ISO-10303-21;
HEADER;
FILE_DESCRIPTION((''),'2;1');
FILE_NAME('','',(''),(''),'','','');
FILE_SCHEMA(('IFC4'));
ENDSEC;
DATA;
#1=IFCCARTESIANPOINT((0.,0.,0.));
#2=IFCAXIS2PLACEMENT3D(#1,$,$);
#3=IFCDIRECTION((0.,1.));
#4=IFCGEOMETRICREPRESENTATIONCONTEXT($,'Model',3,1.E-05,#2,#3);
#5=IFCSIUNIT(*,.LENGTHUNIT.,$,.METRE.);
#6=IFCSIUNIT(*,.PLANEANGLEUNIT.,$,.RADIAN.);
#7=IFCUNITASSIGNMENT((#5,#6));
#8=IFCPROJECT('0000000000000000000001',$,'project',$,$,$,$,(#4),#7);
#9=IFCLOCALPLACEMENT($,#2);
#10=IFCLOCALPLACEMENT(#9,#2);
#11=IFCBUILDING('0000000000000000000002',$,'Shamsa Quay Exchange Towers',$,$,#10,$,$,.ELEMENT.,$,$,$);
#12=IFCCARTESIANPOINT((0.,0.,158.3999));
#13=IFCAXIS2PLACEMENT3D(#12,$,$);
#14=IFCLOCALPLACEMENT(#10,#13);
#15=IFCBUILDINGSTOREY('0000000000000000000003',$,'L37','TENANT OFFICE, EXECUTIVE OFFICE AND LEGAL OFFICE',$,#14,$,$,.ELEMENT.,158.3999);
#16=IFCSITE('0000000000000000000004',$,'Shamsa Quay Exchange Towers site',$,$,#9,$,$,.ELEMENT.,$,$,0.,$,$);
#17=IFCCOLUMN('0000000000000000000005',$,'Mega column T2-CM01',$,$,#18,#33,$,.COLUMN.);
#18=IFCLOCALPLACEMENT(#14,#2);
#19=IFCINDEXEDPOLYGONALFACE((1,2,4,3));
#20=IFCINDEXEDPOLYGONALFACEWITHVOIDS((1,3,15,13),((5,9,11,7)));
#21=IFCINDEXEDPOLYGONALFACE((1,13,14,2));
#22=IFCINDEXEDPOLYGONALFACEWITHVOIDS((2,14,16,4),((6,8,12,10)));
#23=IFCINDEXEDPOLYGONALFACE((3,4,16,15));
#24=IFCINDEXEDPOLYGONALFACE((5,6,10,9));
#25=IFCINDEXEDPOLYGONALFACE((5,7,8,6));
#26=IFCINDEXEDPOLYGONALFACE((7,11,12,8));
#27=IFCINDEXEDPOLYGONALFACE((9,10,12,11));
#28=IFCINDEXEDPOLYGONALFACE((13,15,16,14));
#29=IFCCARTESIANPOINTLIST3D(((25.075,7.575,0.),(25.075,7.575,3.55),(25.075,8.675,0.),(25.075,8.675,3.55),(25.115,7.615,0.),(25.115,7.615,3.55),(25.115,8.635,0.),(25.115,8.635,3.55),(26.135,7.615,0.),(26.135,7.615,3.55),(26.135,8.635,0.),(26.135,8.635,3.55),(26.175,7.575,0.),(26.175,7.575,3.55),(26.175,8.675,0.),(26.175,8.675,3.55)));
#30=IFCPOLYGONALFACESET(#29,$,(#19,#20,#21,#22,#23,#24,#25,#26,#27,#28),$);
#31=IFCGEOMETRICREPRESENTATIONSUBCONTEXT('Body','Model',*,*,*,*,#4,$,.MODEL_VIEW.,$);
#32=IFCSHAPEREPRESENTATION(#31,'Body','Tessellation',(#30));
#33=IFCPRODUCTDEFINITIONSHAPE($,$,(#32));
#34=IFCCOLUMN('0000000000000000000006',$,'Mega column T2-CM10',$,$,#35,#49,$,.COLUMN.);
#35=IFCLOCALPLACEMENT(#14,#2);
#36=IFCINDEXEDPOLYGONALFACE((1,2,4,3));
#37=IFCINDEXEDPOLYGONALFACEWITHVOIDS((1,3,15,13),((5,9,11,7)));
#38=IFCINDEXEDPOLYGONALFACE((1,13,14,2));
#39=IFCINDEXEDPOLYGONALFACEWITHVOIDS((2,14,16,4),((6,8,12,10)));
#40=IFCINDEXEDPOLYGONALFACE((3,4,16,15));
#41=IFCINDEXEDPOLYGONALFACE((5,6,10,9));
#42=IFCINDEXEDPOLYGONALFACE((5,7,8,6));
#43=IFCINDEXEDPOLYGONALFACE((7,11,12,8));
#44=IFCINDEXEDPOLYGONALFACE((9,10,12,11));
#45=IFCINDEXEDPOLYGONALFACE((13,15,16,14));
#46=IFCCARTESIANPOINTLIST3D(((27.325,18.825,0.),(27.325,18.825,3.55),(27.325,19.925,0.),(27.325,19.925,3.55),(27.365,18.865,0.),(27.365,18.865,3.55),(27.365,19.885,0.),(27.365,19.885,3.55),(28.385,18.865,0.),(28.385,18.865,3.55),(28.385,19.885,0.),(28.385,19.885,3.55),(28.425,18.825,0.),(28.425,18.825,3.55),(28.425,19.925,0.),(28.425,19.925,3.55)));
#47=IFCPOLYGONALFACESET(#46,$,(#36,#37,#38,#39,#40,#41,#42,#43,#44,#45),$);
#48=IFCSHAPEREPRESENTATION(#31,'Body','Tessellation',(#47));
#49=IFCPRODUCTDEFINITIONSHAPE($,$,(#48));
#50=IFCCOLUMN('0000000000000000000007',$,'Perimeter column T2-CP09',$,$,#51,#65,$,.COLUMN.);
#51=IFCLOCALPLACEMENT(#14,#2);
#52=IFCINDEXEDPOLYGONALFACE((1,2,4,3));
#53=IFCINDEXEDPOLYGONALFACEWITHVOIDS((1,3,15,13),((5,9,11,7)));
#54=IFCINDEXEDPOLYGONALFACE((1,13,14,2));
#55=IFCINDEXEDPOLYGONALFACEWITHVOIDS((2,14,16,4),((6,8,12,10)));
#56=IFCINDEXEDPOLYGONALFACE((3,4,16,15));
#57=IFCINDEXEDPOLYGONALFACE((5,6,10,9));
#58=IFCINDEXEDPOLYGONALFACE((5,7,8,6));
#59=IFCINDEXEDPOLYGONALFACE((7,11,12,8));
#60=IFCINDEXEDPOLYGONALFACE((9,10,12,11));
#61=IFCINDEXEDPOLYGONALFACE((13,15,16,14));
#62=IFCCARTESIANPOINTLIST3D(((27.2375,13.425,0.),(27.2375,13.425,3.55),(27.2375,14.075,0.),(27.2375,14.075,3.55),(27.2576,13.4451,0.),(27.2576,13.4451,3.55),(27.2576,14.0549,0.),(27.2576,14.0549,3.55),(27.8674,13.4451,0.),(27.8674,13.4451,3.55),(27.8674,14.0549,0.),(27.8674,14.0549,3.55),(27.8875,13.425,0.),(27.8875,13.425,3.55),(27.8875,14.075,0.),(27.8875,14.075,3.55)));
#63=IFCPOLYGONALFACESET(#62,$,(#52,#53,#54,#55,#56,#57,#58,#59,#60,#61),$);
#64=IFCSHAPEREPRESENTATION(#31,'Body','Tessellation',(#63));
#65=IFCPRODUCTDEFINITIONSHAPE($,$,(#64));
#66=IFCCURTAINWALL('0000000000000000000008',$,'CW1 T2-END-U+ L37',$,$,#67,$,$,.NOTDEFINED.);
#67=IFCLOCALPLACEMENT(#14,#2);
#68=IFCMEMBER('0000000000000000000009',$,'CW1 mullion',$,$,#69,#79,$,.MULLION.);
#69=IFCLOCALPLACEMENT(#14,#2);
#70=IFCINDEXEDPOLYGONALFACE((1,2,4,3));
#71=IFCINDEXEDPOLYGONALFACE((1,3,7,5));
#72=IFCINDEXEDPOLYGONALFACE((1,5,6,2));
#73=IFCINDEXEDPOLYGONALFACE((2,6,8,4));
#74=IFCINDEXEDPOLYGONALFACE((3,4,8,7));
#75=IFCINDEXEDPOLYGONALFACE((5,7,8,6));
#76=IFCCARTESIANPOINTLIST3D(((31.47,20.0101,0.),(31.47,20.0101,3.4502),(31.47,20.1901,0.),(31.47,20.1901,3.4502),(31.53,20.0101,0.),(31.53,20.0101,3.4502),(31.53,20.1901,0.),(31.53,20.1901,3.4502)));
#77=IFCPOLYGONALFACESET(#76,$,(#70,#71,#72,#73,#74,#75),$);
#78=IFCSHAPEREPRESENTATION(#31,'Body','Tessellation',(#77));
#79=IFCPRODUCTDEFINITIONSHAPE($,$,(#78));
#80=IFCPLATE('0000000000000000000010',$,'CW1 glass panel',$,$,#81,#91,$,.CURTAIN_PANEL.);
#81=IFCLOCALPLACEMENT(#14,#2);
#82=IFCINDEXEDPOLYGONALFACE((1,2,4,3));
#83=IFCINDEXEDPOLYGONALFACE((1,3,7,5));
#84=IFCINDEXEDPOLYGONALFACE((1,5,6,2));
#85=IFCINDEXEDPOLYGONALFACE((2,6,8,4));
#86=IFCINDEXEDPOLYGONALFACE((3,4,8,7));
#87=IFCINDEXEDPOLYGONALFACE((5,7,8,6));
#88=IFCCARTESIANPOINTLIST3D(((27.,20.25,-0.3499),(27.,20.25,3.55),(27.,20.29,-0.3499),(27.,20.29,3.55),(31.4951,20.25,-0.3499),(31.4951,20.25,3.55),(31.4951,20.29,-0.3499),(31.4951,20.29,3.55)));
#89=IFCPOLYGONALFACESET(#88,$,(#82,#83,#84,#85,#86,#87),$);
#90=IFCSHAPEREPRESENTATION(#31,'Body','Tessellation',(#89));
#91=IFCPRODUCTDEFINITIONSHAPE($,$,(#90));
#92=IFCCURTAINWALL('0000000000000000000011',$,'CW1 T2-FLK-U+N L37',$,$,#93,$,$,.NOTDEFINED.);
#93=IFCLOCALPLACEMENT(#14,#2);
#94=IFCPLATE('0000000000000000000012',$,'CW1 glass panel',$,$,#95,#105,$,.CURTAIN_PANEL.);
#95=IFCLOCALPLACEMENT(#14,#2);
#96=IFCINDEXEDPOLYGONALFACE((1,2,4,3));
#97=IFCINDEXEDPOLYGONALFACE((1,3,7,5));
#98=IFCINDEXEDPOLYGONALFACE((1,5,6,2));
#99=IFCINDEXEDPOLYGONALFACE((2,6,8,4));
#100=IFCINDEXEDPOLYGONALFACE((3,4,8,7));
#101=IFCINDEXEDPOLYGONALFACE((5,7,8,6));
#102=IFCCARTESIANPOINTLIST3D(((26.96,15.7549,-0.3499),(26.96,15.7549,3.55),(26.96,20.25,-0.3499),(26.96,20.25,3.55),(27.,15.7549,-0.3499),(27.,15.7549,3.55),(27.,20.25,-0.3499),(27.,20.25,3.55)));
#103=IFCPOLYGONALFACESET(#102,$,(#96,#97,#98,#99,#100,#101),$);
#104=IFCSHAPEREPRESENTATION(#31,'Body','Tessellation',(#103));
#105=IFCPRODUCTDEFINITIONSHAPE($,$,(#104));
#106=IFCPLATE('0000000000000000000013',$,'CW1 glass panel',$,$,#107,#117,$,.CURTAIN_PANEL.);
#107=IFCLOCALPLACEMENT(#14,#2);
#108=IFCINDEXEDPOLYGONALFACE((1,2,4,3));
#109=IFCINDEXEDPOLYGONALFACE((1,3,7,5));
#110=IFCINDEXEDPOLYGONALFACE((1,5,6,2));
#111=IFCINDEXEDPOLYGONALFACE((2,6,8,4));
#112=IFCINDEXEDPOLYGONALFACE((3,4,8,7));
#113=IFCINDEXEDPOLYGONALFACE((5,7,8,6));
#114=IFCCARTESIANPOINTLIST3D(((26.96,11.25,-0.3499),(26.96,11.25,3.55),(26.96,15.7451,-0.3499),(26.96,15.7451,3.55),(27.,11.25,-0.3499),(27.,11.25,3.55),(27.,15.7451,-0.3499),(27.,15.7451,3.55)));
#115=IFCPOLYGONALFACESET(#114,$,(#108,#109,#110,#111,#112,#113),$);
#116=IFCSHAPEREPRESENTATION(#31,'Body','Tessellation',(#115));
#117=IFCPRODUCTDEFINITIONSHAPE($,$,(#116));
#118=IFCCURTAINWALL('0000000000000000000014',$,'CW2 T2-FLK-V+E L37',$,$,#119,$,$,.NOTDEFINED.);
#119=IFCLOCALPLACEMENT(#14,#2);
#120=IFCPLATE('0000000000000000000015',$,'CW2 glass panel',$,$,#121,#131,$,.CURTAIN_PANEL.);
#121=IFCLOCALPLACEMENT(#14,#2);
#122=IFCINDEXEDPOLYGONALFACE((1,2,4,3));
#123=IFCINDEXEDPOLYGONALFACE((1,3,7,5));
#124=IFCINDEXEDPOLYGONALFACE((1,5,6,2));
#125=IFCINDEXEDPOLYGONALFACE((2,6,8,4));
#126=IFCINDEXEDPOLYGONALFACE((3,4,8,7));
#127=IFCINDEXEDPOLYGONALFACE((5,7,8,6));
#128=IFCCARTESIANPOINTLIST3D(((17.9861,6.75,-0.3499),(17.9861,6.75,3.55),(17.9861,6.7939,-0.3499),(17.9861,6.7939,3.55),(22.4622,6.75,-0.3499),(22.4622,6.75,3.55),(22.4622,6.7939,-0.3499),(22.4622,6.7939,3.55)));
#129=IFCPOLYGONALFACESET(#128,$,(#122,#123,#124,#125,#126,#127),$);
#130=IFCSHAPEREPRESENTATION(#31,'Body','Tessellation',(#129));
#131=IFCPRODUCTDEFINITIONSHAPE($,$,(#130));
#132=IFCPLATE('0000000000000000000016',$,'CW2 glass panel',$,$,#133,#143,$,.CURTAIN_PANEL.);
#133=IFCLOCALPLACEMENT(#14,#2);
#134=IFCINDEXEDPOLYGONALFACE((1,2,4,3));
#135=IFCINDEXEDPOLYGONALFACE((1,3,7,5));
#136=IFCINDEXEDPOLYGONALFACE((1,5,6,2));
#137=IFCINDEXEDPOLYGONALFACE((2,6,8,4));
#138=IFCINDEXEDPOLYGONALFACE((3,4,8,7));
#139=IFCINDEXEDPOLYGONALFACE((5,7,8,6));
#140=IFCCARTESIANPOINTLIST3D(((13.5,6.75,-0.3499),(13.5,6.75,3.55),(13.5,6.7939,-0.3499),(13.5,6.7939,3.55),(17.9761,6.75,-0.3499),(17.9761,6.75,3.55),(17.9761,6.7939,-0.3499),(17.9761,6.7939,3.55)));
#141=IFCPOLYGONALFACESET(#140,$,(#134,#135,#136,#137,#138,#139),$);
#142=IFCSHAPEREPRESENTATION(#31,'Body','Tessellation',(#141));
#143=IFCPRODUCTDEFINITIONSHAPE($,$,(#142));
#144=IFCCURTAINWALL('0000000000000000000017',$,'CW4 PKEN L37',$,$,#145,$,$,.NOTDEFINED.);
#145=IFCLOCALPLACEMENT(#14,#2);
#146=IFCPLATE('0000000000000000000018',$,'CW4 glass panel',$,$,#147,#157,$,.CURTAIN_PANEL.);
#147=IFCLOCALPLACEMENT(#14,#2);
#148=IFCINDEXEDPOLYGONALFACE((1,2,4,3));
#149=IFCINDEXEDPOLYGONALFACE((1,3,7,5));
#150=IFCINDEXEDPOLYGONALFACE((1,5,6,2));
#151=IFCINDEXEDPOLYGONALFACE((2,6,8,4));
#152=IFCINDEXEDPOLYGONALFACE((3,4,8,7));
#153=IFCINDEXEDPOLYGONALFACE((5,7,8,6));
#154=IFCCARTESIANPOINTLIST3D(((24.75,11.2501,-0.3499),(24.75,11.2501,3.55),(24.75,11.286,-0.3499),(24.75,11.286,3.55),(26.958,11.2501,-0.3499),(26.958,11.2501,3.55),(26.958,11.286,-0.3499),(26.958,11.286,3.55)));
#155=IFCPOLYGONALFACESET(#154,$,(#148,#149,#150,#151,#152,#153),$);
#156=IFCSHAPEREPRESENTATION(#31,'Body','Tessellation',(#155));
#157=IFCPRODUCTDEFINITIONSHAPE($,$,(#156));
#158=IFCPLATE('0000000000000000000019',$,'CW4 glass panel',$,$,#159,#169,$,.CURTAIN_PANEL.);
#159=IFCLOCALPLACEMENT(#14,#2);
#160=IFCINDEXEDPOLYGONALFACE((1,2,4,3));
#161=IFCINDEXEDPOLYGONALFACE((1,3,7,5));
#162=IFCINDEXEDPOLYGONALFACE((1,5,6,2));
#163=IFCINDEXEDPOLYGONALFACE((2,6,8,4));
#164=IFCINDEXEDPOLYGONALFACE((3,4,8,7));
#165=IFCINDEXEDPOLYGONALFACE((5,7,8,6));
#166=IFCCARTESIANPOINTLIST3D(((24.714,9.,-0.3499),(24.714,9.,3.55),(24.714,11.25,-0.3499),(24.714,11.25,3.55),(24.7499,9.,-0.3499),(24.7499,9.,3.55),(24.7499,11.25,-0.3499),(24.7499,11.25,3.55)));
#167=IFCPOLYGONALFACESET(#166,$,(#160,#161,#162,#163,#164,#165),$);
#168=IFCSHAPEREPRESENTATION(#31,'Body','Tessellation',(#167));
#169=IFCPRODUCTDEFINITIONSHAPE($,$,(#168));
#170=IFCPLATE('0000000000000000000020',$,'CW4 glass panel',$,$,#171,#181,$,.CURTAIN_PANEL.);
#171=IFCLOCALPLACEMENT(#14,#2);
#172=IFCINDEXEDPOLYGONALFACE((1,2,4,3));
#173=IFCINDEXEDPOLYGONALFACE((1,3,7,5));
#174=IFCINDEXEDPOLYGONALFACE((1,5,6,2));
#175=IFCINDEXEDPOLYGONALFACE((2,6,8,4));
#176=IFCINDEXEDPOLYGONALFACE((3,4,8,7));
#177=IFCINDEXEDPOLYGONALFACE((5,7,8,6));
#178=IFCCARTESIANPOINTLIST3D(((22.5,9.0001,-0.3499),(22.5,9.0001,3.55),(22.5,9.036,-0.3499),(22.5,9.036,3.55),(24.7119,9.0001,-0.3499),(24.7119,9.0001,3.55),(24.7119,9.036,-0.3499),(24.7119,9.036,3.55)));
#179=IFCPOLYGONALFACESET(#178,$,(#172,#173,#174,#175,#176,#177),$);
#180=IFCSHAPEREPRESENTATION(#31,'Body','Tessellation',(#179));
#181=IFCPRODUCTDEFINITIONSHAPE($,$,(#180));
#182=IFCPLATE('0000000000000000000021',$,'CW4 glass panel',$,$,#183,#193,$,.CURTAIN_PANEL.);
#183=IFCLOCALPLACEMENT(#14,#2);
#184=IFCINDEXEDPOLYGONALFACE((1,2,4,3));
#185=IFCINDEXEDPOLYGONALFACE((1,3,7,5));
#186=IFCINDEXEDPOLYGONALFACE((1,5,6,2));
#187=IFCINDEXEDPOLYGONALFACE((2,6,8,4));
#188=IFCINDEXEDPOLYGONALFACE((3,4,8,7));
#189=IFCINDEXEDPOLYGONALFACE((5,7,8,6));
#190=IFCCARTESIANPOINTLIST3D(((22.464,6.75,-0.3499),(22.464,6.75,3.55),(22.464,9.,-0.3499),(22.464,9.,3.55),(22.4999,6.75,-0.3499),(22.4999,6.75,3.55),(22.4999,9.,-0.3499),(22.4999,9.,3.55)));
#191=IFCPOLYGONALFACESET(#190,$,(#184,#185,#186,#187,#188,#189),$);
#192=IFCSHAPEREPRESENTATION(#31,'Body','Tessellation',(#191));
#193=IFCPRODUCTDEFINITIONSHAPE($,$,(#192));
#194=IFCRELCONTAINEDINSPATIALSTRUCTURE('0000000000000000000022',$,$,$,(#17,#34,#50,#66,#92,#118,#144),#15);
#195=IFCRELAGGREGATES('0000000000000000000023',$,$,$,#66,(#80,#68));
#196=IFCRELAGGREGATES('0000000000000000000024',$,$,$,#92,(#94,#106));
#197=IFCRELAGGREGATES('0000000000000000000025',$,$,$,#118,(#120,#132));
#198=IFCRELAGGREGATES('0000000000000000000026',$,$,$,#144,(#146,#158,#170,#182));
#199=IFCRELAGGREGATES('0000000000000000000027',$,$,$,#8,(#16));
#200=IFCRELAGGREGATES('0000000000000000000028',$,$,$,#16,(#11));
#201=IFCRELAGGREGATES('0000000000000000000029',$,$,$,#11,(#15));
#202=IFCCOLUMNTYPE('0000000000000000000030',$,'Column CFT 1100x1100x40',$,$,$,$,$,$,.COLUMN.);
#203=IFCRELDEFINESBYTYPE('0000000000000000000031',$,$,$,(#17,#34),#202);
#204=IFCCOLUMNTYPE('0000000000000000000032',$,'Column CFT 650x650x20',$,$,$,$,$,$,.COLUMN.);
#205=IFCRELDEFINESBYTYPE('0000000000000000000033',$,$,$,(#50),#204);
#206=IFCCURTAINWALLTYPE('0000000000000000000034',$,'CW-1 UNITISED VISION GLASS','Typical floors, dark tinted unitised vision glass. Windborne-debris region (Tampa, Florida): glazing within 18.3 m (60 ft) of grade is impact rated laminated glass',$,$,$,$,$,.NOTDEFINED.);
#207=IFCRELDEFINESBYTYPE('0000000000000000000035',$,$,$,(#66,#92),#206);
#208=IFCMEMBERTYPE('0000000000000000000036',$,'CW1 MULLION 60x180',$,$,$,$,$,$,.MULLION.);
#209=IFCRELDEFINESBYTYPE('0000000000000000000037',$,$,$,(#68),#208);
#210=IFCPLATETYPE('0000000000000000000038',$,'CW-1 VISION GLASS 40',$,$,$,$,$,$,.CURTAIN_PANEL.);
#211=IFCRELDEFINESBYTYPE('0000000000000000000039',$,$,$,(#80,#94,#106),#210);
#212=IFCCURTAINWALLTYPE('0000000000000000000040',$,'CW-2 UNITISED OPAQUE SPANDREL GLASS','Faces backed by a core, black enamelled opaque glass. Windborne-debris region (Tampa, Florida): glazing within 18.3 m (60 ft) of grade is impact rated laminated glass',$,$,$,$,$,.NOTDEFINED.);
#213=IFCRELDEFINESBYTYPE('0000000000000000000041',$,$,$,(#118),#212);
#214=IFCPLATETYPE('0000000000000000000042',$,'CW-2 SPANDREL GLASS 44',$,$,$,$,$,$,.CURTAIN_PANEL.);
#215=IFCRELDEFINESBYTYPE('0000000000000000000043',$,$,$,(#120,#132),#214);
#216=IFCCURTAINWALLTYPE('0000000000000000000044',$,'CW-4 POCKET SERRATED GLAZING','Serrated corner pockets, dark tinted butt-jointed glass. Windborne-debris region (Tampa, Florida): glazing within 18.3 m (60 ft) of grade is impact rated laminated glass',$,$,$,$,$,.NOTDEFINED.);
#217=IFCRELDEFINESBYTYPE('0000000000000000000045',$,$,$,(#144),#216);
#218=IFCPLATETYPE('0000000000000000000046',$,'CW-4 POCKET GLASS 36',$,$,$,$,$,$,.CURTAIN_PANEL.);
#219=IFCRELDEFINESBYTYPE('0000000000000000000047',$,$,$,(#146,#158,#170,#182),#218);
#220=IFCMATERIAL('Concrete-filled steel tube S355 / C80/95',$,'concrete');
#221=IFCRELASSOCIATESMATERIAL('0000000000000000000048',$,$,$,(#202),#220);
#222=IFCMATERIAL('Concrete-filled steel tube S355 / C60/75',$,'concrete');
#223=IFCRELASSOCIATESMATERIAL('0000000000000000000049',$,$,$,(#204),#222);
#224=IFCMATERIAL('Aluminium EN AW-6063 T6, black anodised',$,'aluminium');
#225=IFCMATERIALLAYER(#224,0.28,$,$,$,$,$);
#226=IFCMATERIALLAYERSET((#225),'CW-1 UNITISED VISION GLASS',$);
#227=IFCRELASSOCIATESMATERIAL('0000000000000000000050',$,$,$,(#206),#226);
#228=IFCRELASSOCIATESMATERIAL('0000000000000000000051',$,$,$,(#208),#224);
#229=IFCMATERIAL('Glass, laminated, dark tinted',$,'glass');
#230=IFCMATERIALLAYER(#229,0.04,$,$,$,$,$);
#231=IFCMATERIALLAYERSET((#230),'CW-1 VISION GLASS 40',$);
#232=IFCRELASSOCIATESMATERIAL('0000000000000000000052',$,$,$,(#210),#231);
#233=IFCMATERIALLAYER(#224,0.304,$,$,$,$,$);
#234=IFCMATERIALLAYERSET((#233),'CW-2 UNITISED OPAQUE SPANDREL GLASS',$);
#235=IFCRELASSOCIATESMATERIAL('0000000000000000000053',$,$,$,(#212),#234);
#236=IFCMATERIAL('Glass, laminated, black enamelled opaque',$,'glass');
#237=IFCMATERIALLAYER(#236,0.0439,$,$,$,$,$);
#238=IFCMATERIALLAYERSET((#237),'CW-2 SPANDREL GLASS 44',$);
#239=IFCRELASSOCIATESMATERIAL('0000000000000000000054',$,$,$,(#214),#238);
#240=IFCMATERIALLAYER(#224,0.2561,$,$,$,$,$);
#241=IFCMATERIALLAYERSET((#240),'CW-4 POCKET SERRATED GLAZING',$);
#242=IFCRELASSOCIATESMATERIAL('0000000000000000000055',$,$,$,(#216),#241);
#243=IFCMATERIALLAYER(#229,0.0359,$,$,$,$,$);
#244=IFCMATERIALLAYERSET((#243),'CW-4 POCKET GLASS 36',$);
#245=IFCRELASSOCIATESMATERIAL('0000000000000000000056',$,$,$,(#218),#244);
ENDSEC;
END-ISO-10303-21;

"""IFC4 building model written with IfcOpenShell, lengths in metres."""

from ifc_helpers import new_model, si_unit, direction, frame, origin, origin_2d, place, context, subcontext, project, spatial, rectangle, hollow_rectangle, extrude, material, layer, layer_set, material_profile, profile_set, type_object, element, aggregate, save


model = new_model("IFC4")

# Units and contexts
model_context = context("Model", 3, precision=1e-05, world=origin(), true_north=direction((0.0, 1.0)))
body_context = subcontext(model_context, "Body", "Model", "MODEL_VIEW")
ifc_project = project(units=[si_unit("LENGTHUNIT", "METRE"), si_unit("PLANEANGLEUNIT", "RADIAN")], contexts=[model_context])

# Site, building, storey
site_placement = place(None, origin())
site = spatial("IfcSite", under=ifc_project, at=site_placement, Name="Shamsa Quay Exchange Towers site", CompositionType="ELEMENT", RefElevation=0.0)
building_placement = place(site_placement, origin())
building = spatial("IfcBuilding", under=site, at=building_placement, Name="Shamsa Quay Exchange Towers", CompositionType="ELEMENT")
storey_placement = place(building_placement, frame((0.0, 0.0, 158.3999)))
storey = spatial("IfcBuildingStorey", under=building, at=storey_placement, Name="L37", Description="TENANT OFFICE, EXECUTIVE OFFICE AND LEGAL OFFICE", CompositionType="ELEMENT", Elevation=158.3999)

# Columns
ifc_material_1 = material(Name="Concrete-filled steel tube S355 / C80/95", Category="concrete")
ifc_material_profile_1 = material_profile(ifc_material_1, hollow_rectangle(XDim=1.1001, YDim=1.1001, WallThickness=0.04, at=origin_2d()), Name="CFT 1100x1100x40")
ifc_profile_set_1 = profile_set([ifc_material_profile_1], Name="Concrete-filled steel tube S355 / C80/95")
column_type_1 = type_object("IfcColumnType", Name="Column CFT 1100x1100x40", PredefinedType="COLUMN", material=ifc_profile_set_1)
for number, where, name in (
    (1, (25.625, 8.125, 0.0), "Mega column T2-CM01"),
    (2, (27.875, 19.375, 0.0), "Mega column T2-CM10"),
):
    element("IfcColumn", number, at=place(storey_placement, frame(where)), inside=storey, type_object=column_type_1, Name=name, PredefinedType="COLUMN", context=body_context, shape_type="SweptSolid", body=[
        extrude(hollow_rectangle(XDim=1.1001, YDim=1.1001, WallThickness=0.04, at=origin_2d()), origin(), (0.0, 0.0, 1.0), 3.55),
    ])
ifc_material_2 = material(Name="Concrete-filled steel tube S355 / C60/75", Category="concrete")
ifc_material_profile_2 = material_profile(ifc_material_2, hollow_rectangle(XDim=0.6499, YDim=0.6499, WallThickness=0.02, at=origin_2d()), Name="CFT 650x650x20")
ifc_profile_set_2 = profile_set([ifc_material_profile_2], Name="Concrete-filled steel tube S355 / C60/75")
column_type_2 = type_object("IfcColumnType", Name="Column CFT 650x650x20", PredefinedType="COLUMN", material=ifc_profile_set_2)
column_placement = place(storey_placement, frame((27.5625, 13.75, 0.0)))
element("IfcColumn", 3, at=column_placement, inside=storey, type_object=column_type_2, Name="Perimeter column T2-CP09", PredefinedType="COLUMN", context=body_context, shape_type="SweptSolid", body=[
    extrude(hollow_rectangle(XDim=0.6499, YDim=0.6499, WallThickness=0.02, at=origin_2d()), origin(), (0.0, 0.0, 1.0), 3.55),
])

# Curtain wall, member, plate
ifc_material_3 = material(Name="Aluminium EN AW-6063 T6, black anodised", Category="aluminium")
ifc_layer_1 = layer(ifc_material_3, 0.28)
ifc_layer_set_1 = layer_set([ifc_layer_1], Name="CW-1 UNITISED VISION GLASS")
curtain_wall_type_1 = type_object("IfcCurtainWallType", Name="CW-1 UNITISED VISION GLASS", Description="Typical floors, dark tinted unitised vision glass. Windborne-debris region (Tampa, Florida): glazing within 18.3 m (60 ft) of grade is impact rated laminated glass", PredefinedType="NOTDEFINED", material=ifc_layer_set_1)
curtain_wall_1_placement = place(storey_placement, origin())
curtain_wall_1 = element("IfcCurtainWall", 4, at=curtain_wall_1_placement, inside=storey, type_object=curtain_wall_type_1, Name="CW1 T2-END-U+ L37", PredefinedType="NOTDEFINED")
ifc_material_profile_3 = material_profile(ifc_material_3, rectangle(XDim=0.1799, YDim=0.0601, at=origin_2d()), Name="MU60x180")
ifc_profile_set_3 = profile_set([ifc_material_profile_3], Name="Aluminium EN AW-6063 T6, black anodised")
member_type = type_object("IfcMemberType", Name="CW1 MULLION 60x180", PredefinedType="MULLION", material=ifc_profile_set_3)
member_placement = place(storey_placement, frame((31.5, 20.1001, 0.0), z_axis=(0.0, 0.0, 1.0), x_axis=(0.0, -1.0, 0.0)))
member = element("IfcMember", 5, at=member_placement, type_object=member_type, Name="CW1 mullion", PredefinedType="MULLION", context=body_context, shape_type="SweptSolid", body=[
    extrude(rectangle(XDim=0.1799, YDim=0.0601, at=origin_2d()), origin(), (0.0, 0.0, 1.0), 3.4502),
])
ifc_material_4 = material(Name="Glass, laminated, dark tinted", Category="glass")
ifc_layer_2 = layer(ifc_material_4, 0.04)
ifc_layer_set_2 = layer_set([ifc_layer_2], Name="CW-1 VISION GLASS 40")
plate_type_1 = type_object("IfcPlateType", Name="CW-1 VISION GLASS 40", PredefinedType="CURTAIN_PANEL", material=ifc_layer_set_2)
plate_1_placement = place(storey_placement, frame((29.2476, 20.27, -0.3499), z_axis=(0.0, 0.0, 1.0), x_axis=(-1.0, 0.0, 0.0)))
plate_1 = element("IfcPlate", 6, at=plate_1_placement, type_object=plate_type_1, Name="CW1 glass panel", PredefinedType="CURTAIN_PANEL", context=body_context, shape_type="SweptSolid", body=[
    extrude(rectangle(XDim=4.4951, YDim=0.04, at=origin_2d()), origin(), (0.0, 0.0, 1.0), 3.8999),
])
aggregate(curtain_wall_1, [plate_1, member])

# Curtain walls, plates
curtain_wall_2_placement = place(storey_placement, origin())
curtain_wall_2 = element("IfcCurtainWall", 7, at=curtain_wall_2_placement, inside=storey, type_object=curtain_wall_type_1, Name="CW1 T2-FLK-U+N L37", PredefinedType="NOTDEFINED")
plate_2_placement = place(storey_placement, frame((26.98, 18.0024, -0.3499), z_axis=(0.0, 0.0, 1.0), x_axis=(0.0, -1.0, 0.0)))
plate_2 = element("IfcPlate", 8, at=plate_2_placement, type_object=plate_type_1, Name="CW1 glass panel", PredefinedType="CURTAIN_PANEL", context=body_context, shape_type="SweptSolid", body=[
    extrude(rectangle(XDim=4.4951, YDim=0.04, at=origin_2d()), origin(), (0.0, 0.0, 1.0), 3.8999),
])
plate_3_placement = place(storey_placement, frame((26.98, 13.4976, -0.3499), z_axis=(0.0, 0.0, 1.0), x_axis=(0.0, -1.0, 0.0)))
plate_3 = element("IfcPlate", 9, at=plate_3_placement, type_object=plate_type_1, Name="CW1 glass panel", PredefinedType="CURTAIN_PANEL", context=body_context, shape_type="SweptSolid", body=[
    extrude(rectangle(XDim=4.4951, YDim=0.04, at=origin_2d()), origin(), (0.0, 0.0, 1.0), 3.8999),
])
aggregate(curtain_wall_2, [plate_2, plate_3])
ifc_layer_3 = layer(ifc_material_3, 0.304)
ifc_layer_set_3 = layer_set([ifc_layer_3], Name="CW-2 UNITISED OPAQUE SPANDREL GLASS")
curtain_wall_type_2 = type_object("IfcCurtainWallType", Name="CW-2 UNITISED OPAQUE SPANDREL GLASS", Description="Faces backed by a core, black enamelled opaque glass. Windborne-debris region (Tampa, Florida): glazing within 18.3 m (60 ft) of grade is impact rated laminated glass", PredefinedType="NOTDEFINED", material=ifc_layer_set_3)
curtain_wall_3_placement = place(storey_placement, origin())
curtain_wall_3 = element("IfcCurtainWall", 10, at=curtain_wall_3_placement, inside=storey, type_object=curtain_wall_type_2, Name="CW2 T2-FLK-V+E L37", PredefinedType="NOTDEFINED")
ifc_material_5 = material(Name="Glass, laminated, black enamelled opaque", Category="glass")
ifc_layer_4 = layer(ifc_material_5, 0.0439)
ifc_layer_set_4 = layer_set([ifc_layer_4], Name="CW-2 SPANDREL GLASS 44")
plate_type_2 = type_object("IfcPlateType", Name="CW-2 SPANDREL GLASS 44", PredefinedType="CURTAIN_PANEL", material=ifc_layer_set_4)
plate_4_placement = place(storey_placement, frame((20.2241, 6.772, -0.3499), z_axis=(0.0, 0.0, 1.0), x_axis=(-1.0, 0.0, 0.0)))
plate_4 = element("IfcPlate", 11, at=plate_4_placement, type_object=plate_type_2, Name="CW2 glass panel", PredefinedType="CURTAIN_PANEL", context=body_context, shape_type="SweptSolid", body=[
    extrude(rectangle(XDim=4.4761, YDim=0.0439, at=origin_2d()), origin(), (0.0, 0.0, 1.0), 3.8999),
])
plate_5_placement = place(storey_placement, frame((15.738, 6.772, -0.3499), z_axis=(0.0, 0.0, 1.0), x_axis=(-1.0, 0.0, 0.0)))
plate_5 = element("IfcPlate", 12, at=plate_5_placement, type_object=plate_type_2, Name="CW2 glass panel", PredefinedType="CURTAIN_PANEL", context=body_context, shape_type="SweptSolid", body=[
    extrude(rectangle(XDim=4.4761, YDim=0.0439, at=origin_2d()), origin(), (0.0, 0.0, 1.0), 3.8999),
])
aggregate(curtain_wall_3, [plate_4, plate_5])
ifc_layer_5 = layer(ifc_material_3, 0.2561)
ifc_layer_set_5 = layer_set([ifc_layer_5], Name="CW-4 POCKET SERRATED GLAZING")
curtain_wall_type_3 = type_object("IfcCurtainWallType", Name="CW-4 POCKET SERRATED GLAZING", Description="Serrated corner pockets, dark tinted butt-jointed glass. Windborne-debris region (Tampa, Florida): glazing within 18.3 m (60 ft) of grade is impact rated laminated glass", PredefinedType="NOTDEFINED", material=ifc_layer_set_5)
curtain_wall_4_placement = place(storey_placement, origin())
curtain_wall_4 = element("IfcCurtainWall", 13, at=curtain_wall_4_placement, inside=storey, type_object=curtain_wall_type_3, Name="CW4 PKEN L37", PredefinedType="NOTDEFINED")
ifc_layer_6 = layer(ifc_material_4, 0.0359)
ifc_layer_set_6 = layer_set([ifc_layer_6], Name="CW-4 POCKET GLASS 36")
plate_type_3 = type_object("IfcPlateType", Name="CW-4 POCKET GLASS 36", PredefinedType="CURTAIN_PANEL", material=ifc_layer_set_6)
plate_6_placement = place(storey_placement, frame((25.854, 11.2681, -0.3499), z_axis=(0.0, 0.0, 1.0), x_axis=(-1.0, 0.0, 0.0)))
plate_6 = element("IfcPlate", 14, at=plate_6_placement, type_object=plate_type_3, Name="CW4 glass panel", PredefinedType="CURTAIN_PANEL", context=body_context, shape_type="SweptSolid", body=[
    extrude(rectangle(XDim=2.208, YDim=0.0359, at=origin_2d()), origin(), (0.0, 0.0, 1.0), 3.8999),
])
plate_7_placement = place(storey_placement, frame((24.7319, 10.125, -0.3499), z_axis=(0.0, 0.0, 1.0), x_axis=(0.0, -1.0, 0.0)))
plate_7 = element("IfcPlate", 15, at=plate_7_placement, type_object=plate_type_3, Name="CW4 glass panel", PredefinedType="CURTAIN_PANEL", context=body_context, shape_type="SweptSolid", body=[
    extrude(rectangle(XDim=2.25, YDim=0.0359, at=origin_2d()), origin(), (0.0, 0.0, 1.0), 3.8999),
])
plate_8_placement = place(storey_placement, frame((23.606, 9.0181, -0.3499), z_axis=(0.0, 0.0, 1.0), x_axis=(-1.0, 0.0, 0.0)))
plate_8 = element("IfcPlate", 16, at=plate_8_placement, type_object=plate_type_3, Name="CW4 glass panel", PredefinedType="CURTAIN_PANEL", context=body_context, shape_type="SweptSolid", body=[
    extrude(rectangle(XDim=2.2119, YDim=0.0359, at=origin_2d()), origin(), (0.0, 0.0, 1.0), 3.8999),
])
plate_9_placement = place(storey_placement, frame((22.4819, 7.875, -0.3499), z_axis=(0.0, 0.0, 1.0), x_axis=(0.0, -1.0, 0.0)))
plate_9 = element("IfcPlate", 17, at=plate_9_placement, type_object=plate_type_3, Name="CW4 glass panel", PredefinedType="CURTAIN_PANEL", context=body_context, shape_type="SweptSolid", body=[
    extrude(rectangle(XDim=2.25, YDim=0.0359, at=origin_2d()), origin(), (0.0, 0.0, 1.0), 3.8999),
])
aggregate(curtain_wall_4, [plate_6, plate_7, plate_8, plate_9])

save(model, "model.ifc")
